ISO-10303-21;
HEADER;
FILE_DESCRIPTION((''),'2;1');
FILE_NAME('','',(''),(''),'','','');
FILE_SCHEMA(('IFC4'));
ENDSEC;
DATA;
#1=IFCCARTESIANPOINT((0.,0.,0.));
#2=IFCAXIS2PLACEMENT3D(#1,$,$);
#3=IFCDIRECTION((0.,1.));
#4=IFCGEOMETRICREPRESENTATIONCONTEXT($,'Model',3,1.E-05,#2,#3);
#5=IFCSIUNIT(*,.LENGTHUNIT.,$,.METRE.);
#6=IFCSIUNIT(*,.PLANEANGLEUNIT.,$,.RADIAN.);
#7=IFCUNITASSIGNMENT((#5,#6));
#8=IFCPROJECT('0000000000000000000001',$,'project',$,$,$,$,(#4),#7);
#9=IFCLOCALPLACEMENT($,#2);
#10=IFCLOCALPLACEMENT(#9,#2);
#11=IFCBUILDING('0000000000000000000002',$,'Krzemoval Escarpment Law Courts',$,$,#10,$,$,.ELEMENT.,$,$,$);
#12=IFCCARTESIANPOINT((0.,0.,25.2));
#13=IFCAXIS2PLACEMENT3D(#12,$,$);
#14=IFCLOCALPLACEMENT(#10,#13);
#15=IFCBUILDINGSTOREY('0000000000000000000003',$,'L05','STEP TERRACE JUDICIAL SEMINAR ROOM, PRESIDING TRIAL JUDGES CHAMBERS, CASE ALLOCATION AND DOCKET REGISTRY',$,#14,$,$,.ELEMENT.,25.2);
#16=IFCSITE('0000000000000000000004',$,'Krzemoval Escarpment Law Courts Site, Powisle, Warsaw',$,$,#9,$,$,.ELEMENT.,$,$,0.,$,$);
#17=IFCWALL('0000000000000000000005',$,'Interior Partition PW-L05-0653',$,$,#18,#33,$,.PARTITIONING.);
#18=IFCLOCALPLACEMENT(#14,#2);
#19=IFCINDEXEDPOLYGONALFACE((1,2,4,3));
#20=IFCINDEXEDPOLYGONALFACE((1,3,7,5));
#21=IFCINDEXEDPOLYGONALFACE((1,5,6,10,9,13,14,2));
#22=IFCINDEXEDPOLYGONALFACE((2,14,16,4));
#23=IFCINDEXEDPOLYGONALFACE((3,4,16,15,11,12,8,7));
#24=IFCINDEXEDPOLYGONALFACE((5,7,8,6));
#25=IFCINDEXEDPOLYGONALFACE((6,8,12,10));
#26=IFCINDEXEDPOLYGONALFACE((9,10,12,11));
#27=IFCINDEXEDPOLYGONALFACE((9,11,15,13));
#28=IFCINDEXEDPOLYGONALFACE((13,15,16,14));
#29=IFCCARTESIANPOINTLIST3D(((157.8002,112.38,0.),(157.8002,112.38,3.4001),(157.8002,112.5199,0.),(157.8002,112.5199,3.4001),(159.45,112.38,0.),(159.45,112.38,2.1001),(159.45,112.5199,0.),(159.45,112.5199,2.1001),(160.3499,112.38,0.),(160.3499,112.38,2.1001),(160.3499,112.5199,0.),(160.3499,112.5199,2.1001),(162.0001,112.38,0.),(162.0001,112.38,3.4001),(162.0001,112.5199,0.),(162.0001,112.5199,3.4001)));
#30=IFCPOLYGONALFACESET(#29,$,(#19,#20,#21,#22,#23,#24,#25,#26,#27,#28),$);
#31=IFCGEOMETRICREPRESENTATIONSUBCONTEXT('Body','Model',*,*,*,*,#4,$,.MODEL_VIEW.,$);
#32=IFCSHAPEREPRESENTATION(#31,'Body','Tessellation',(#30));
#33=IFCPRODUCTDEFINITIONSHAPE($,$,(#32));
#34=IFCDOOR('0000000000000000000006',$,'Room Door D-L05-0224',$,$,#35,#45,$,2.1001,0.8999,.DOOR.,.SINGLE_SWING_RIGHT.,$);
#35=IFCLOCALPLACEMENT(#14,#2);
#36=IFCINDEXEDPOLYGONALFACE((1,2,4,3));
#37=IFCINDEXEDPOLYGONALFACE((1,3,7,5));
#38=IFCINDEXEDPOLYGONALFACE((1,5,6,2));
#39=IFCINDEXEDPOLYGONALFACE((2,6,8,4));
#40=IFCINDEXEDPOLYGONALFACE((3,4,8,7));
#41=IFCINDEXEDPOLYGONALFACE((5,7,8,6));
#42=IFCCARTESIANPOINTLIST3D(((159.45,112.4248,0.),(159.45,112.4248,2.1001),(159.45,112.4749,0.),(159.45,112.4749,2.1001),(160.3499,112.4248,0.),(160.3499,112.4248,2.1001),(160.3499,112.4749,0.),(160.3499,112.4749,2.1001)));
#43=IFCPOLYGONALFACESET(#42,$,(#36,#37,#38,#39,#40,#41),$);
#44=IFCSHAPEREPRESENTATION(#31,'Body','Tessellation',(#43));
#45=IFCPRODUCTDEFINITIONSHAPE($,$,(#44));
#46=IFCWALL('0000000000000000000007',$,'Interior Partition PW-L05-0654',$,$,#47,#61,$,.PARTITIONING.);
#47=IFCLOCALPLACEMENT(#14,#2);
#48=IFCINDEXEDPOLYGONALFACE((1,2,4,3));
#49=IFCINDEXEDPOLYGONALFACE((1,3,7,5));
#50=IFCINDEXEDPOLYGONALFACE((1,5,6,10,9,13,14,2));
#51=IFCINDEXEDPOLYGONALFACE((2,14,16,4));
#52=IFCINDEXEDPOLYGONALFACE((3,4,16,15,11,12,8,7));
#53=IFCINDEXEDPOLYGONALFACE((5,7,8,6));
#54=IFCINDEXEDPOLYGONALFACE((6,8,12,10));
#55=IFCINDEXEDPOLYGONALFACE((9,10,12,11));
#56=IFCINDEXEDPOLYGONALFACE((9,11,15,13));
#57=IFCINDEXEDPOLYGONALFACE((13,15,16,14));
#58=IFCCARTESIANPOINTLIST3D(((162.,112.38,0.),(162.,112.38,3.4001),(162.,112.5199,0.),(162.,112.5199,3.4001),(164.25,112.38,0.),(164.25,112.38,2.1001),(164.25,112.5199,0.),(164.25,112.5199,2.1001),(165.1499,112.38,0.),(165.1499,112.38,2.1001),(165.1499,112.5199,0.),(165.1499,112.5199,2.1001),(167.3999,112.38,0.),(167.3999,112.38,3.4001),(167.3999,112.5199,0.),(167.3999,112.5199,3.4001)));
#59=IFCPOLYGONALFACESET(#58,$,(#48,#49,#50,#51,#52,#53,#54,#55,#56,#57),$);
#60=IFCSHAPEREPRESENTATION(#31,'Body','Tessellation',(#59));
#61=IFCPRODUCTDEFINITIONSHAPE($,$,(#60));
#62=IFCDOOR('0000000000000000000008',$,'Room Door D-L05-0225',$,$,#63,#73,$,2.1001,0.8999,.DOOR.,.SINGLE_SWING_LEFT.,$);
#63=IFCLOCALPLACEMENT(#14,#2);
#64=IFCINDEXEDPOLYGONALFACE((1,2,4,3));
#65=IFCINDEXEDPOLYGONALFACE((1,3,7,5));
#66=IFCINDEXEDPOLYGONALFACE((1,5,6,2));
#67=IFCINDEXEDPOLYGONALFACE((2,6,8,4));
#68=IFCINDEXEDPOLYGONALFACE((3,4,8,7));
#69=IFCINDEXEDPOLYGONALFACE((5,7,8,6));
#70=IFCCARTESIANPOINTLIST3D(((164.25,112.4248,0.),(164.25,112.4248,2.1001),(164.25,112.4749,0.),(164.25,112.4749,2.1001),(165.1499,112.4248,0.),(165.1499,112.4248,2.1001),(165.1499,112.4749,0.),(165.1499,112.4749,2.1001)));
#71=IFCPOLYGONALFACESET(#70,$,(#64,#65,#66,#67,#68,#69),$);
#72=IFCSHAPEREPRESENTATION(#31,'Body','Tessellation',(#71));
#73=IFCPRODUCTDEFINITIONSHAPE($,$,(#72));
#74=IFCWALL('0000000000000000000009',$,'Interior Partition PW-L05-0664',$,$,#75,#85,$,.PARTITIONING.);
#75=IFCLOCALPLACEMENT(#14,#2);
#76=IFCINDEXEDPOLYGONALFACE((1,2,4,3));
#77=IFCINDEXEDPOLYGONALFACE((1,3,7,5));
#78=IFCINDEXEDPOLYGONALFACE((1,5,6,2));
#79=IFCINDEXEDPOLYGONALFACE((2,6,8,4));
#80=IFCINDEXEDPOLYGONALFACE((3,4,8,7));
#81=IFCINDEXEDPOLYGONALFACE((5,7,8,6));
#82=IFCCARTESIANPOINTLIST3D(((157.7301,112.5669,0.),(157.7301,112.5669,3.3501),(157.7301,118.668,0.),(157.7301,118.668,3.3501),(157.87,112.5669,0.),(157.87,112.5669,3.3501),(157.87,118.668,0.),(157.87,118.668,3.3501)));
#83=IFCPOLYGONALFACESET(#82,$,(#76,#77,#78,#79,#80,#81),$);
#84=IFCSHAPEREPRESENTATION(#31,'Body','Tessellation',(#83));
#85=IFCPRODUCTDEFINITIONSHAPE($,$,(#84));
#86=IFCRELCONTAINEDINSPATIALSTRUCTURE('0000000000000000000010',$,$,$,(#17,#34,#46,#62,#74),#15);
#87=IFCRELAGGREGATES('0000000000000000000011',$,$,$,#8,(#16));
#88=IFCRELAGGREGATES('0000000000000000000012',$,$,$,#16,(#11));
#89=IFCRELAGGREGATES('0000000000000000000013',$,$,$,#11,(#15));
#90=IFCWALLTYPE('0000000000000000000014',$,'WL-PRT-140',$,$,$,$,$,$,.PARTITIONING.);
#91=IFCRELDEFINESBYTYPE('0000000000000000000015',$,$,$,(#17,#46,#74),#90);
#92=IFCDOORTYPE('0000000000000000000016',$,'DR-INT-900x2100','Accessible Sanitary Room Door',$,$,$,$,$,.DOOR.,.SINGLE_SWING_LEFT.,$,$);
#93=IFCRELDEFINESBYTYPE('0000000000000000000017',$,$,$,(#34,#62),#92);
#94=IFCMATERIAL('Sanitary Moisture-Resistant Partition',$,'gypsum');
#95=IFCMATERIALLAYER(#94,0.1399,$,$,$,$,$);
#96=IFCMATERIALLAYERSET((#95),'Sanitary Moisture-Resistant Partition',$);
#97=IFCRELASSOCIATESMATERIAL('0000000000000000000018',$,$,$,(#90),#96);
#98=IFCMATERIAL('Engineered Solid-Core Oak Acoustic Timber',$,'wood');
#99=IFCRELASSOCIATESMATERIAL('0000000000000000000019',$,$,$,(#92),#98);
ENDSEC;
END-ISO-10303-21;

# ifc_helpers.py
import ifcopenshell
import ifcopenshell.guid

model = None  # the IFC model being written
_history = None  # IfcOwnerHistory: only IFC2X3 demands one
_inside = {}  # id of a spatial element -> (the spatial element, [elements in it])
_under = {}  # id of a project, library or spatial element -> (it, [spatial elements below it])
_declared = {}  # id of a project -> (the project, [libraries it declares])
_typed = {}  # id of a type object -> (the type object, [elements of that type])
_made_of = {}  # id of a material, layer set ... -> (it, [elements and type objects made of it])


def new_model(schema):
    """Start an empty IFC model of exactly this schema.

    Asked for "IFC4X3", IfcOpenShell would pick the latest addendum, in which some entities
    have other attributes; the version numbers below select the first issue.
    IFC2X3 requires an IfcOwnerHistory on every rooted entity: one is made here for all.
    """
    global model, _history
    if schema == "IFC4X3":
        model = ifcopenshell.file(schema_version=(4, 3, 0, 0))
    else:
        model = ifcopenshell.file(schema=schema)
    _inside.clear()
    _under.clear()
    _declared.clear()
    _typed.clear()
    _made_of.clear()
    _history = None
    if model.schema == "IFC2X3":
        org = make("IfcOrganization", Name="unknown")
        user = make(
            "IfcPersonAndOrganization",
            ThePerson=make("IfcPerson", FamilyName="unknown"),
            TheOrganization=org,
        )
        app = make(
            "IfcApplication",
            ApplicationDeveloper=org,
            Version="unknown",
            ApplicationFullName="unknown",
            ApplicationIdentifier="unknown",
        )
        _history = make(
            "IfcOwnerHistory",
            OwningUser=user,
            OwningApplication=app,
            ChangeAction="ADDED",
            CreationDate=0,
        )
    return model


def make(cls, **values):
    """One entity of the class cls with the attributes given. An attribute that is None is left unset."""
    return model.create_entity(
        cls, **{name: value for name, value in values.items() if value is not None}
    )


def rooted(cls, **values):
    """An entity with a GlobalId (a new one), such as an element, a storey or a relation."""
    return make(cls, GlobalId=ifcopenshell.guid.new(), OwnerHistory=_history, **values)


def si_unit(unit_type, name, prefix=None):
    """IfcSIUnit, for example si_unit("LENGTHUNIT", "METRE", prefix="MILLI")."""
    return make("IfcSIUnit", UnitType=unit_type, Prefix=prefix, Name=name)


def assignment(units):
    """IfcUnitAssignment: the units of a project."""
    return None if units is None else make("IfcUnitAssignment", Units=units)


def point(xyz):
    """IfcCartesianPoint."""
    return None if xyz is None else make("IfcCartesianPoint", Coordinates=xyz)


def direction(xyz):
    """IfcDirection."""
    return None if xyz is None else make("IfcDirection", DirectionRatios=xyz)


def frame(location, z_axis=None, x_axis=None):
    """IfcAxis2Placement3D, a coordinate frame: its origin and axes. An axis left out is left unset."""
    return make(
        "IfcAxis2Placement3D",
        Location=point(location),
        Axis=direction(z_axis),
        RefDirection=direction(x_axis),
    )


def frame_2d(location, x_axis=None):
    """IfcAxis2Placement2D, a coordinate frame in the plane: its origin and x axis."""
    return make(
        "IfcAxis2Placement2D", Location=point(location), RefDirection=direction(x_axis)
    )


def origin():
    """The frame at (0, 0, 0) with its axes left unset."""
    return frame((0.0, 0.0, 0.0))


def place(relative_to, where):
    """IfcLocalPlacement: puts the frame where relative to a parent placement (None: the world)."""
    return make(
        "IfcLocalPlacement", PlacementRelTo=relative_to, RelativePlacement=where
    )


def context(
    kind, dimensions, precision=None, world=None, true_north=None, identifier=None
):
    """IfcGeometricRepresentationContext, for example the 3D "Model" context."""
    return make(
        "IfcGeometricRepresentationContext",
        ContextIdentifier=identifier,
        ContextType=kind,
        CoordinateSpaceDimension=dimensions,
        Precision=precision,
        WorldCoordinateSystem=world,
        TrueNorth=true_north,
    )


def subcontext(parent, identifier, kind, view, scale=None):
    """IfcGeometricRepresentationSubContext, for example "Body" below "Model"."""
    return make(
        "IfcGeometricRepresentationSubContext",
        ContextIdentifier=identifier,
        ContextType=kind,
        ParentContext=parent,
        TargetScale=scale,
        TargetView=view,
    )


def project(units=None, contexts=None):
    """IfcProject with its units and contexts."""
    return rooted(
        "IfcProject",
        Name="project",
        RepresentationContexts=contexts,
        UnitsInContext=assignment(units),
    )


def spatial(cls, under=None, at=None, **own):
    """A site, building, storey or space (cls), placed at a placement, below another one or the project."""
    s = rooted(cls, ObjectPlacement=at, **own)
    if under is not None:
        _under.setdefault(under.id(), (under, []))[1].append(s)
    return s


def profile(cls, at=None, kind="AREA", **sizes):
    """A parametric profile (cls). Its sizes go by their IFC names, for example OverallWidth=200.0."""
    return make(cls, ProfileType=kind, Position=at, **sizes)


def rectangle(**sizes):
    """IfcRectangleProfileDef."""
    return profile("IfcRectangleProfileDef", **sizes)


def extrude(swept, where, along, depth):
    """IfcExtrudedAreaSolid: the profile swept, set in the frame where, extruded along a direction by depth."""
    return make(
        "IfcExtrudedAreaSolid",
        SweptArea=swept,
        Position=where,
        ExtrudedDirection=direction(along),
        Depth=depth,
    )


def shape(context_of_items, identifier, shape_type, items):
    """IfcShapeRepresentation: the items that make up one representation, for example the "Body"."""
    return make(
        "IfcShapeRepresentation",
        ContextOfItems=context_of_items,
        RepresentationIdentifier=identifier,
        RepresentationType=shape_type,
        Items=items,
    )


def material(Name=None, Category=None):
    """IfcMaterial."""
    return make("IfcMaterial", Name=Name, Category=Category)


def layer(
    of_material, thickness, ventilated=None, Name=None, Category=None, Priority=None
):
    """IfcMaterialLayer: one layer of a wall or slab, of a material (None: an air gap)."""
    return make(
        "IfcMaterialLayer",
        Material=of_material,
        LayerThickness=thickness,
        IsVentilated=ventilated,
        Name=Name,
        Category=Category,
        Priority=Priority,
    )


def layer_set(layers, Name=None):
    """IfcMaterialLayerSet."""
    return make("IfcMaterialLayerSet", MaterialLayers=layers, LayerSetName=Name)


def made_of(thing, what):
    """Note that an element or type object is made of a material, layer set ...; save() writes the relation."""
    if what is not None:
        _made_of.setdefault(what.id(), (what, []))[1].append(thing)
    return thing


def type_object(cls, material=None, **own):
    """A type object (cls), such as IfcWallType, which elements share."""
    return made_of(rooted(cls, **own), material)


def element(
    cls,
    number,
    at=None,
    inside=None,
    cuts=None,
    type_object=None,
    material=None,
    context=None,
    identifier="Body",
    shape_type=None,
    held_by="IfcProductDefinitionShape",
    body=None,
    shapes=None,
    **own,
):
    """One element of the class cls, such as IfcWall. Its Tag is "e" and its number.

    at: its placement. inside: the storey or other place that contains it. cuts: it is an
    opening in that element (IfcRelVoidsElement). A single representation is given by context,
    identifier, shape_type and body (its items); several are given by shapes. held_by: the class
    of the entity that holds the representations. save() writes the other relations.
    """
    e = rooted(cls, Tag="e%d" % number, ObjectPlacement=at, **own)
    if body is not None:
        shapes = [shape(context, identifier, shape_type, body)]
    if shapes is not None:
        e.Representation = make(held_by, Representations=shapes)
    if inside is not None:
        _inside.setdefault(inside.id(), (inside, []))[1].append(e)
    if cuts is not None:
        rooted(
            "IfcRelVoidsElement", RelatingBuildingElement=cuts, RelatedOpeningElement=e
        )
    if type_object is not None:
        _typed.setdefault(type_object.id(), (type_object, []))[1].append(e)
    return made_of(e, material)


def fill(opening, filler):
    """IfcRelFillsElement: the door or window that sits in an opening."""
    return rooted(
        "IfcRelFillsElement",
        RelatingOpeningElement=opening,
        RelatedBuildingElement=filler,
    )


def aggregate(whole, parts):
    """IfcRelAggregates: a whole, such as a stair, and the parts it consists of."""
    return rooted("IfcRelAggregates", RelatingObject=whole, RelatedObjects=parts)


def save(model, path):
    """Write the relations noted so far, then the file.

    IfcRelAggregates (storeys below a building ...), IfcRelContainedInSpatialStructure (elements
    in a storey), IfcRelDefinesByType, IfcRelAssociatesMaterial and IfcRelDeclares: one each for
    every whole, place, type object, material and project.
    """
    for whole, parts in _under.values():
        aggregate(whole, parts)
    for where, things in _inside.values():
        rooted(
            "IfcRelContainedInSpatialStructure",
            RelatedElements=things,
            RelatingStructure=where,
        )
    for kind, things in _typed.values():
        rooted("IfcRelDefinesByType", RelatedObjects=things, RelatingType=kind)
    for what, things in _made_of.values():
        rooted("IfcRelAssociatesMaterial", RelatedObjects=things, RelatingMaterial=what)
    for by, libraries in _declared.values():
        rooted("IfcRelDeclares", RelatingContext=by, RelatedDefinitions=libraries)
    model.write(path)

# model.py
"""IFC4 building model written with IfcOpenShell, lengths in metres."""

from ifc_helpers import new_model, si_unit, direction, frame, frame_2d, origin, place, context, subcontext, project, spatial, rectangle, extrude, material, layer, layer_set, type_object, element, fill, save


model = new_model("IFC4")

# Units and contexts
model_context = context("Model", 3, precision=1e-05, world=origin(), true_north=direction((0.0, 1.0)))
body_context = subcontext(model_context, "Body", "Model", "MODEL_VIEW")
ifc_project = project(units=[si_unit("LENGTHUNIT", "METRE"), si_unit("PLANEANGLEUNIT", "RADIAN")], contexts=[model_context])

# Site, building, storey
site_placement = place(None, origin())
site = spatial("IfcSite", under=ifc_project, at=site_placement, Name="Krzemoval Escarpment Law Courts Site, Powisle, Warsaw", CompositionType="ELEMENT", RefElevation=0.0)
building_placement = place(site_placement, origin())
building = spatial("IfcBuilding", under=site, at=building_placement, Name="Krzemoval Escarpment Law Courts", CompositionType="ELEMENT")
storey_placement = place(building_placement, frame((0.0, 0.0, 25.2)))
storey = spatial("IfcBuildingStorey", under=building, at=storey_placement, Name="L05", Description="STEP TERRACE JUDICIAL SEMINAR ROOM, PRESIDING TRIAL JUDGES CHAMBERS, CASE ALLOCATION AND DOCKET REGISTRY", CompositionType="ELEMENT", Elevation=25.2)

# Shared definitions
ifc_material_1 = material(Name="Sanitary Moisture-Resistant Partition", Category="gypsum")
ifc_layer_1 = layer(ifc_material_1, 0.1399)
ifc_layer_set_1 = layer_set([ifc_layer_1], Name="Sanitary Moisture-Resistant Partition")
wall_type_1 = type_object("IfcWallType", Name="WL-PRT-140", PredefinedType="PARTITIONING", material=ifc_layer_set_1)

# Walls, openings, doors
wall_1_placement = place(storey_placement, frame((157.8, 112.45, 0.0), z_axis=(0.0, 0.0, 1.0), x_axis=(1.0, 0.0, 0.0)))
wall_1 = element("IfcWall", 1, at=wall_1_placement, inside=storey, type_object=wall_type_1, Name="Interior Partition PW-L05-0653", PredefinedType="PARTITIONING", context=body_context, shape_type="SweptSolid", body=[
    extrude(rectangle(XDim=4.2, YDim=0.1399, at=frame_2d((2.1001, 0.0))), origin(), (0.0, 0.0, 1.0), 3.4001),
])
opening_1_placement = place(wall_1_placement, frame((1.6499, 0.0, 0.0)))
opening_1 = element("IfcOpeningElement", 2, at=opening_1_placement, cuts=wall_1, PredefinedType="OPENING", context=body_context, shape_type="SweptSolid", body=[
    extrude(rectangle(XDim=0.8999, YDim=2.1001, at=frame_2d((0.45, 1.05))), frame((0.0, 0.0849, 0.0), z_axis=(0.0, -1.0, 0.0), x_axis=(1.0, 0.0, 0.0)), (0.0, 0.0, 1.0), 0.1699),
])
ifc_material_2 = material(Name="Engineered Solid-Core Oak Acoustic Timber", Category="wood")
door_type_1 = type_object("IfcDoorType", Name="DR-INT-900x2100", Description="Accessible Sanitary Room Door", OperationType="SINGLE_SWING_LEFT", PredefinedType="DOOR", material=ifc_material_2)
door_1_placement = place(opening_1_placement, origin())
door_1 = element("IfcDoor", 3, at=door_1_placement, inside=storey, type_object=door_type_1, Name="Room Door D-L05-0224", OperationType="SINGLE_SWING_RIGHT", OverallHeight=2.1001, OverallWidth=0.8999, PredefinedType="DOOR", context=body_context, shape_type="SweptSolid", body=[
    extrude(rectangle(XDim=0.8999, YDim=2.1001, at=frame_2d((0.45, 1.05))), frame((0.0, 0.0249, 0.0), z_axis=(0.0, -1.0, 0.0), x_axis=(1.0, 0.0, 0.0)), (0.0, 0.0, 1.0), 0.05),
])
fill(opening_1, door_1)
wall_2_placement = place(storey_placement, frame((162.0, 112.45, 0.0), z_axis=(0.0, 0.0, 1.0), x_axis=(1.0, 0.0, 0.0)))
wall_2 = element("IfcWall", 4, at=wall_2_placement, inside=storey, type_object=wall_type_1, Name="Interior Partition PW-L05-0654", PredefinedType="PARTITIONING", context=body_context, shape_type="SweptSolid", body=[
    extrude(rectangle(XDim=5.3999, YDim=0.1399, at=frame_2d((2.7, 0.0))), origin(), (0.0, 0.0, 1.0), 3.4001),
])
opening_2_placement = place(wall_2_placement, frame((2.25, 0.0, 0.0)))
opening_2 = element("IfcOpeningElement", 5, at=opening_2_placement, cuts=wall_2, PredefinedType="OPENING", context=body_context, shape_type="SweptSolid", body=[
    extrude(rectangle(XDim=0.8999, YDim=2.1001, at=frame_2d((0.45, 1.05))), frame((0.0, 0.0849, 0.0), z_axis=(0.0, -1.0, 0.0), x_axis=(1.0, 0.0, 0.0)), (0.0, 0.0, 1.0), 0.1699),
])
door_2_placement = place(opening_2_placement, origin())
door_2 = element("IfcDoor", 6, at=door_2_placement, inside=storey, type_object=door_type_1, Name="Room Door D-L05-0225", OperationType="SINGLE_SWING_LEFT", OverallHeight=2.1001, OverallWidth=0.8999, PredefinedType="DOOR", context=body_context, shape_type="SweptSolid", body=[
    extrude(rectangle(XDim=0.8999, YDim=2.1001, at=frame_2d((0.45, 1.05))), frame((0.0, 0.0249, 0.0), z_axis=(0.0, -1.0, 0.0), x_axis=(1.0, 0.0, 0.0)), (0.0, 0.0, 1.0), 0.05),
])
fill(opening_2, door_2)

# Wall
wall_3_placement = place(storey_placement, frame((157.8, 112.5669, 0.0), z_axis=(0.0, 0.0, 1.0), x_axis=(0.0, 1.0, 0.0)))
element("IfcWall", 7, at=wall_3_placement, inside=storey, type_object=wall_type_1, Name="Interior Partition PW-L05-0664", PredefinedType="PARTITIONING", context=body_context, shape_type="SweptSolid", body=[
    extrude(rectangle(XDim=6.1011, YDim=0.1399, at=frame_2d((3.0505, 0.0))), origin(), (0.0, 0.0, 1.0), 3.3501),
])

save(model, "model.ifc")
